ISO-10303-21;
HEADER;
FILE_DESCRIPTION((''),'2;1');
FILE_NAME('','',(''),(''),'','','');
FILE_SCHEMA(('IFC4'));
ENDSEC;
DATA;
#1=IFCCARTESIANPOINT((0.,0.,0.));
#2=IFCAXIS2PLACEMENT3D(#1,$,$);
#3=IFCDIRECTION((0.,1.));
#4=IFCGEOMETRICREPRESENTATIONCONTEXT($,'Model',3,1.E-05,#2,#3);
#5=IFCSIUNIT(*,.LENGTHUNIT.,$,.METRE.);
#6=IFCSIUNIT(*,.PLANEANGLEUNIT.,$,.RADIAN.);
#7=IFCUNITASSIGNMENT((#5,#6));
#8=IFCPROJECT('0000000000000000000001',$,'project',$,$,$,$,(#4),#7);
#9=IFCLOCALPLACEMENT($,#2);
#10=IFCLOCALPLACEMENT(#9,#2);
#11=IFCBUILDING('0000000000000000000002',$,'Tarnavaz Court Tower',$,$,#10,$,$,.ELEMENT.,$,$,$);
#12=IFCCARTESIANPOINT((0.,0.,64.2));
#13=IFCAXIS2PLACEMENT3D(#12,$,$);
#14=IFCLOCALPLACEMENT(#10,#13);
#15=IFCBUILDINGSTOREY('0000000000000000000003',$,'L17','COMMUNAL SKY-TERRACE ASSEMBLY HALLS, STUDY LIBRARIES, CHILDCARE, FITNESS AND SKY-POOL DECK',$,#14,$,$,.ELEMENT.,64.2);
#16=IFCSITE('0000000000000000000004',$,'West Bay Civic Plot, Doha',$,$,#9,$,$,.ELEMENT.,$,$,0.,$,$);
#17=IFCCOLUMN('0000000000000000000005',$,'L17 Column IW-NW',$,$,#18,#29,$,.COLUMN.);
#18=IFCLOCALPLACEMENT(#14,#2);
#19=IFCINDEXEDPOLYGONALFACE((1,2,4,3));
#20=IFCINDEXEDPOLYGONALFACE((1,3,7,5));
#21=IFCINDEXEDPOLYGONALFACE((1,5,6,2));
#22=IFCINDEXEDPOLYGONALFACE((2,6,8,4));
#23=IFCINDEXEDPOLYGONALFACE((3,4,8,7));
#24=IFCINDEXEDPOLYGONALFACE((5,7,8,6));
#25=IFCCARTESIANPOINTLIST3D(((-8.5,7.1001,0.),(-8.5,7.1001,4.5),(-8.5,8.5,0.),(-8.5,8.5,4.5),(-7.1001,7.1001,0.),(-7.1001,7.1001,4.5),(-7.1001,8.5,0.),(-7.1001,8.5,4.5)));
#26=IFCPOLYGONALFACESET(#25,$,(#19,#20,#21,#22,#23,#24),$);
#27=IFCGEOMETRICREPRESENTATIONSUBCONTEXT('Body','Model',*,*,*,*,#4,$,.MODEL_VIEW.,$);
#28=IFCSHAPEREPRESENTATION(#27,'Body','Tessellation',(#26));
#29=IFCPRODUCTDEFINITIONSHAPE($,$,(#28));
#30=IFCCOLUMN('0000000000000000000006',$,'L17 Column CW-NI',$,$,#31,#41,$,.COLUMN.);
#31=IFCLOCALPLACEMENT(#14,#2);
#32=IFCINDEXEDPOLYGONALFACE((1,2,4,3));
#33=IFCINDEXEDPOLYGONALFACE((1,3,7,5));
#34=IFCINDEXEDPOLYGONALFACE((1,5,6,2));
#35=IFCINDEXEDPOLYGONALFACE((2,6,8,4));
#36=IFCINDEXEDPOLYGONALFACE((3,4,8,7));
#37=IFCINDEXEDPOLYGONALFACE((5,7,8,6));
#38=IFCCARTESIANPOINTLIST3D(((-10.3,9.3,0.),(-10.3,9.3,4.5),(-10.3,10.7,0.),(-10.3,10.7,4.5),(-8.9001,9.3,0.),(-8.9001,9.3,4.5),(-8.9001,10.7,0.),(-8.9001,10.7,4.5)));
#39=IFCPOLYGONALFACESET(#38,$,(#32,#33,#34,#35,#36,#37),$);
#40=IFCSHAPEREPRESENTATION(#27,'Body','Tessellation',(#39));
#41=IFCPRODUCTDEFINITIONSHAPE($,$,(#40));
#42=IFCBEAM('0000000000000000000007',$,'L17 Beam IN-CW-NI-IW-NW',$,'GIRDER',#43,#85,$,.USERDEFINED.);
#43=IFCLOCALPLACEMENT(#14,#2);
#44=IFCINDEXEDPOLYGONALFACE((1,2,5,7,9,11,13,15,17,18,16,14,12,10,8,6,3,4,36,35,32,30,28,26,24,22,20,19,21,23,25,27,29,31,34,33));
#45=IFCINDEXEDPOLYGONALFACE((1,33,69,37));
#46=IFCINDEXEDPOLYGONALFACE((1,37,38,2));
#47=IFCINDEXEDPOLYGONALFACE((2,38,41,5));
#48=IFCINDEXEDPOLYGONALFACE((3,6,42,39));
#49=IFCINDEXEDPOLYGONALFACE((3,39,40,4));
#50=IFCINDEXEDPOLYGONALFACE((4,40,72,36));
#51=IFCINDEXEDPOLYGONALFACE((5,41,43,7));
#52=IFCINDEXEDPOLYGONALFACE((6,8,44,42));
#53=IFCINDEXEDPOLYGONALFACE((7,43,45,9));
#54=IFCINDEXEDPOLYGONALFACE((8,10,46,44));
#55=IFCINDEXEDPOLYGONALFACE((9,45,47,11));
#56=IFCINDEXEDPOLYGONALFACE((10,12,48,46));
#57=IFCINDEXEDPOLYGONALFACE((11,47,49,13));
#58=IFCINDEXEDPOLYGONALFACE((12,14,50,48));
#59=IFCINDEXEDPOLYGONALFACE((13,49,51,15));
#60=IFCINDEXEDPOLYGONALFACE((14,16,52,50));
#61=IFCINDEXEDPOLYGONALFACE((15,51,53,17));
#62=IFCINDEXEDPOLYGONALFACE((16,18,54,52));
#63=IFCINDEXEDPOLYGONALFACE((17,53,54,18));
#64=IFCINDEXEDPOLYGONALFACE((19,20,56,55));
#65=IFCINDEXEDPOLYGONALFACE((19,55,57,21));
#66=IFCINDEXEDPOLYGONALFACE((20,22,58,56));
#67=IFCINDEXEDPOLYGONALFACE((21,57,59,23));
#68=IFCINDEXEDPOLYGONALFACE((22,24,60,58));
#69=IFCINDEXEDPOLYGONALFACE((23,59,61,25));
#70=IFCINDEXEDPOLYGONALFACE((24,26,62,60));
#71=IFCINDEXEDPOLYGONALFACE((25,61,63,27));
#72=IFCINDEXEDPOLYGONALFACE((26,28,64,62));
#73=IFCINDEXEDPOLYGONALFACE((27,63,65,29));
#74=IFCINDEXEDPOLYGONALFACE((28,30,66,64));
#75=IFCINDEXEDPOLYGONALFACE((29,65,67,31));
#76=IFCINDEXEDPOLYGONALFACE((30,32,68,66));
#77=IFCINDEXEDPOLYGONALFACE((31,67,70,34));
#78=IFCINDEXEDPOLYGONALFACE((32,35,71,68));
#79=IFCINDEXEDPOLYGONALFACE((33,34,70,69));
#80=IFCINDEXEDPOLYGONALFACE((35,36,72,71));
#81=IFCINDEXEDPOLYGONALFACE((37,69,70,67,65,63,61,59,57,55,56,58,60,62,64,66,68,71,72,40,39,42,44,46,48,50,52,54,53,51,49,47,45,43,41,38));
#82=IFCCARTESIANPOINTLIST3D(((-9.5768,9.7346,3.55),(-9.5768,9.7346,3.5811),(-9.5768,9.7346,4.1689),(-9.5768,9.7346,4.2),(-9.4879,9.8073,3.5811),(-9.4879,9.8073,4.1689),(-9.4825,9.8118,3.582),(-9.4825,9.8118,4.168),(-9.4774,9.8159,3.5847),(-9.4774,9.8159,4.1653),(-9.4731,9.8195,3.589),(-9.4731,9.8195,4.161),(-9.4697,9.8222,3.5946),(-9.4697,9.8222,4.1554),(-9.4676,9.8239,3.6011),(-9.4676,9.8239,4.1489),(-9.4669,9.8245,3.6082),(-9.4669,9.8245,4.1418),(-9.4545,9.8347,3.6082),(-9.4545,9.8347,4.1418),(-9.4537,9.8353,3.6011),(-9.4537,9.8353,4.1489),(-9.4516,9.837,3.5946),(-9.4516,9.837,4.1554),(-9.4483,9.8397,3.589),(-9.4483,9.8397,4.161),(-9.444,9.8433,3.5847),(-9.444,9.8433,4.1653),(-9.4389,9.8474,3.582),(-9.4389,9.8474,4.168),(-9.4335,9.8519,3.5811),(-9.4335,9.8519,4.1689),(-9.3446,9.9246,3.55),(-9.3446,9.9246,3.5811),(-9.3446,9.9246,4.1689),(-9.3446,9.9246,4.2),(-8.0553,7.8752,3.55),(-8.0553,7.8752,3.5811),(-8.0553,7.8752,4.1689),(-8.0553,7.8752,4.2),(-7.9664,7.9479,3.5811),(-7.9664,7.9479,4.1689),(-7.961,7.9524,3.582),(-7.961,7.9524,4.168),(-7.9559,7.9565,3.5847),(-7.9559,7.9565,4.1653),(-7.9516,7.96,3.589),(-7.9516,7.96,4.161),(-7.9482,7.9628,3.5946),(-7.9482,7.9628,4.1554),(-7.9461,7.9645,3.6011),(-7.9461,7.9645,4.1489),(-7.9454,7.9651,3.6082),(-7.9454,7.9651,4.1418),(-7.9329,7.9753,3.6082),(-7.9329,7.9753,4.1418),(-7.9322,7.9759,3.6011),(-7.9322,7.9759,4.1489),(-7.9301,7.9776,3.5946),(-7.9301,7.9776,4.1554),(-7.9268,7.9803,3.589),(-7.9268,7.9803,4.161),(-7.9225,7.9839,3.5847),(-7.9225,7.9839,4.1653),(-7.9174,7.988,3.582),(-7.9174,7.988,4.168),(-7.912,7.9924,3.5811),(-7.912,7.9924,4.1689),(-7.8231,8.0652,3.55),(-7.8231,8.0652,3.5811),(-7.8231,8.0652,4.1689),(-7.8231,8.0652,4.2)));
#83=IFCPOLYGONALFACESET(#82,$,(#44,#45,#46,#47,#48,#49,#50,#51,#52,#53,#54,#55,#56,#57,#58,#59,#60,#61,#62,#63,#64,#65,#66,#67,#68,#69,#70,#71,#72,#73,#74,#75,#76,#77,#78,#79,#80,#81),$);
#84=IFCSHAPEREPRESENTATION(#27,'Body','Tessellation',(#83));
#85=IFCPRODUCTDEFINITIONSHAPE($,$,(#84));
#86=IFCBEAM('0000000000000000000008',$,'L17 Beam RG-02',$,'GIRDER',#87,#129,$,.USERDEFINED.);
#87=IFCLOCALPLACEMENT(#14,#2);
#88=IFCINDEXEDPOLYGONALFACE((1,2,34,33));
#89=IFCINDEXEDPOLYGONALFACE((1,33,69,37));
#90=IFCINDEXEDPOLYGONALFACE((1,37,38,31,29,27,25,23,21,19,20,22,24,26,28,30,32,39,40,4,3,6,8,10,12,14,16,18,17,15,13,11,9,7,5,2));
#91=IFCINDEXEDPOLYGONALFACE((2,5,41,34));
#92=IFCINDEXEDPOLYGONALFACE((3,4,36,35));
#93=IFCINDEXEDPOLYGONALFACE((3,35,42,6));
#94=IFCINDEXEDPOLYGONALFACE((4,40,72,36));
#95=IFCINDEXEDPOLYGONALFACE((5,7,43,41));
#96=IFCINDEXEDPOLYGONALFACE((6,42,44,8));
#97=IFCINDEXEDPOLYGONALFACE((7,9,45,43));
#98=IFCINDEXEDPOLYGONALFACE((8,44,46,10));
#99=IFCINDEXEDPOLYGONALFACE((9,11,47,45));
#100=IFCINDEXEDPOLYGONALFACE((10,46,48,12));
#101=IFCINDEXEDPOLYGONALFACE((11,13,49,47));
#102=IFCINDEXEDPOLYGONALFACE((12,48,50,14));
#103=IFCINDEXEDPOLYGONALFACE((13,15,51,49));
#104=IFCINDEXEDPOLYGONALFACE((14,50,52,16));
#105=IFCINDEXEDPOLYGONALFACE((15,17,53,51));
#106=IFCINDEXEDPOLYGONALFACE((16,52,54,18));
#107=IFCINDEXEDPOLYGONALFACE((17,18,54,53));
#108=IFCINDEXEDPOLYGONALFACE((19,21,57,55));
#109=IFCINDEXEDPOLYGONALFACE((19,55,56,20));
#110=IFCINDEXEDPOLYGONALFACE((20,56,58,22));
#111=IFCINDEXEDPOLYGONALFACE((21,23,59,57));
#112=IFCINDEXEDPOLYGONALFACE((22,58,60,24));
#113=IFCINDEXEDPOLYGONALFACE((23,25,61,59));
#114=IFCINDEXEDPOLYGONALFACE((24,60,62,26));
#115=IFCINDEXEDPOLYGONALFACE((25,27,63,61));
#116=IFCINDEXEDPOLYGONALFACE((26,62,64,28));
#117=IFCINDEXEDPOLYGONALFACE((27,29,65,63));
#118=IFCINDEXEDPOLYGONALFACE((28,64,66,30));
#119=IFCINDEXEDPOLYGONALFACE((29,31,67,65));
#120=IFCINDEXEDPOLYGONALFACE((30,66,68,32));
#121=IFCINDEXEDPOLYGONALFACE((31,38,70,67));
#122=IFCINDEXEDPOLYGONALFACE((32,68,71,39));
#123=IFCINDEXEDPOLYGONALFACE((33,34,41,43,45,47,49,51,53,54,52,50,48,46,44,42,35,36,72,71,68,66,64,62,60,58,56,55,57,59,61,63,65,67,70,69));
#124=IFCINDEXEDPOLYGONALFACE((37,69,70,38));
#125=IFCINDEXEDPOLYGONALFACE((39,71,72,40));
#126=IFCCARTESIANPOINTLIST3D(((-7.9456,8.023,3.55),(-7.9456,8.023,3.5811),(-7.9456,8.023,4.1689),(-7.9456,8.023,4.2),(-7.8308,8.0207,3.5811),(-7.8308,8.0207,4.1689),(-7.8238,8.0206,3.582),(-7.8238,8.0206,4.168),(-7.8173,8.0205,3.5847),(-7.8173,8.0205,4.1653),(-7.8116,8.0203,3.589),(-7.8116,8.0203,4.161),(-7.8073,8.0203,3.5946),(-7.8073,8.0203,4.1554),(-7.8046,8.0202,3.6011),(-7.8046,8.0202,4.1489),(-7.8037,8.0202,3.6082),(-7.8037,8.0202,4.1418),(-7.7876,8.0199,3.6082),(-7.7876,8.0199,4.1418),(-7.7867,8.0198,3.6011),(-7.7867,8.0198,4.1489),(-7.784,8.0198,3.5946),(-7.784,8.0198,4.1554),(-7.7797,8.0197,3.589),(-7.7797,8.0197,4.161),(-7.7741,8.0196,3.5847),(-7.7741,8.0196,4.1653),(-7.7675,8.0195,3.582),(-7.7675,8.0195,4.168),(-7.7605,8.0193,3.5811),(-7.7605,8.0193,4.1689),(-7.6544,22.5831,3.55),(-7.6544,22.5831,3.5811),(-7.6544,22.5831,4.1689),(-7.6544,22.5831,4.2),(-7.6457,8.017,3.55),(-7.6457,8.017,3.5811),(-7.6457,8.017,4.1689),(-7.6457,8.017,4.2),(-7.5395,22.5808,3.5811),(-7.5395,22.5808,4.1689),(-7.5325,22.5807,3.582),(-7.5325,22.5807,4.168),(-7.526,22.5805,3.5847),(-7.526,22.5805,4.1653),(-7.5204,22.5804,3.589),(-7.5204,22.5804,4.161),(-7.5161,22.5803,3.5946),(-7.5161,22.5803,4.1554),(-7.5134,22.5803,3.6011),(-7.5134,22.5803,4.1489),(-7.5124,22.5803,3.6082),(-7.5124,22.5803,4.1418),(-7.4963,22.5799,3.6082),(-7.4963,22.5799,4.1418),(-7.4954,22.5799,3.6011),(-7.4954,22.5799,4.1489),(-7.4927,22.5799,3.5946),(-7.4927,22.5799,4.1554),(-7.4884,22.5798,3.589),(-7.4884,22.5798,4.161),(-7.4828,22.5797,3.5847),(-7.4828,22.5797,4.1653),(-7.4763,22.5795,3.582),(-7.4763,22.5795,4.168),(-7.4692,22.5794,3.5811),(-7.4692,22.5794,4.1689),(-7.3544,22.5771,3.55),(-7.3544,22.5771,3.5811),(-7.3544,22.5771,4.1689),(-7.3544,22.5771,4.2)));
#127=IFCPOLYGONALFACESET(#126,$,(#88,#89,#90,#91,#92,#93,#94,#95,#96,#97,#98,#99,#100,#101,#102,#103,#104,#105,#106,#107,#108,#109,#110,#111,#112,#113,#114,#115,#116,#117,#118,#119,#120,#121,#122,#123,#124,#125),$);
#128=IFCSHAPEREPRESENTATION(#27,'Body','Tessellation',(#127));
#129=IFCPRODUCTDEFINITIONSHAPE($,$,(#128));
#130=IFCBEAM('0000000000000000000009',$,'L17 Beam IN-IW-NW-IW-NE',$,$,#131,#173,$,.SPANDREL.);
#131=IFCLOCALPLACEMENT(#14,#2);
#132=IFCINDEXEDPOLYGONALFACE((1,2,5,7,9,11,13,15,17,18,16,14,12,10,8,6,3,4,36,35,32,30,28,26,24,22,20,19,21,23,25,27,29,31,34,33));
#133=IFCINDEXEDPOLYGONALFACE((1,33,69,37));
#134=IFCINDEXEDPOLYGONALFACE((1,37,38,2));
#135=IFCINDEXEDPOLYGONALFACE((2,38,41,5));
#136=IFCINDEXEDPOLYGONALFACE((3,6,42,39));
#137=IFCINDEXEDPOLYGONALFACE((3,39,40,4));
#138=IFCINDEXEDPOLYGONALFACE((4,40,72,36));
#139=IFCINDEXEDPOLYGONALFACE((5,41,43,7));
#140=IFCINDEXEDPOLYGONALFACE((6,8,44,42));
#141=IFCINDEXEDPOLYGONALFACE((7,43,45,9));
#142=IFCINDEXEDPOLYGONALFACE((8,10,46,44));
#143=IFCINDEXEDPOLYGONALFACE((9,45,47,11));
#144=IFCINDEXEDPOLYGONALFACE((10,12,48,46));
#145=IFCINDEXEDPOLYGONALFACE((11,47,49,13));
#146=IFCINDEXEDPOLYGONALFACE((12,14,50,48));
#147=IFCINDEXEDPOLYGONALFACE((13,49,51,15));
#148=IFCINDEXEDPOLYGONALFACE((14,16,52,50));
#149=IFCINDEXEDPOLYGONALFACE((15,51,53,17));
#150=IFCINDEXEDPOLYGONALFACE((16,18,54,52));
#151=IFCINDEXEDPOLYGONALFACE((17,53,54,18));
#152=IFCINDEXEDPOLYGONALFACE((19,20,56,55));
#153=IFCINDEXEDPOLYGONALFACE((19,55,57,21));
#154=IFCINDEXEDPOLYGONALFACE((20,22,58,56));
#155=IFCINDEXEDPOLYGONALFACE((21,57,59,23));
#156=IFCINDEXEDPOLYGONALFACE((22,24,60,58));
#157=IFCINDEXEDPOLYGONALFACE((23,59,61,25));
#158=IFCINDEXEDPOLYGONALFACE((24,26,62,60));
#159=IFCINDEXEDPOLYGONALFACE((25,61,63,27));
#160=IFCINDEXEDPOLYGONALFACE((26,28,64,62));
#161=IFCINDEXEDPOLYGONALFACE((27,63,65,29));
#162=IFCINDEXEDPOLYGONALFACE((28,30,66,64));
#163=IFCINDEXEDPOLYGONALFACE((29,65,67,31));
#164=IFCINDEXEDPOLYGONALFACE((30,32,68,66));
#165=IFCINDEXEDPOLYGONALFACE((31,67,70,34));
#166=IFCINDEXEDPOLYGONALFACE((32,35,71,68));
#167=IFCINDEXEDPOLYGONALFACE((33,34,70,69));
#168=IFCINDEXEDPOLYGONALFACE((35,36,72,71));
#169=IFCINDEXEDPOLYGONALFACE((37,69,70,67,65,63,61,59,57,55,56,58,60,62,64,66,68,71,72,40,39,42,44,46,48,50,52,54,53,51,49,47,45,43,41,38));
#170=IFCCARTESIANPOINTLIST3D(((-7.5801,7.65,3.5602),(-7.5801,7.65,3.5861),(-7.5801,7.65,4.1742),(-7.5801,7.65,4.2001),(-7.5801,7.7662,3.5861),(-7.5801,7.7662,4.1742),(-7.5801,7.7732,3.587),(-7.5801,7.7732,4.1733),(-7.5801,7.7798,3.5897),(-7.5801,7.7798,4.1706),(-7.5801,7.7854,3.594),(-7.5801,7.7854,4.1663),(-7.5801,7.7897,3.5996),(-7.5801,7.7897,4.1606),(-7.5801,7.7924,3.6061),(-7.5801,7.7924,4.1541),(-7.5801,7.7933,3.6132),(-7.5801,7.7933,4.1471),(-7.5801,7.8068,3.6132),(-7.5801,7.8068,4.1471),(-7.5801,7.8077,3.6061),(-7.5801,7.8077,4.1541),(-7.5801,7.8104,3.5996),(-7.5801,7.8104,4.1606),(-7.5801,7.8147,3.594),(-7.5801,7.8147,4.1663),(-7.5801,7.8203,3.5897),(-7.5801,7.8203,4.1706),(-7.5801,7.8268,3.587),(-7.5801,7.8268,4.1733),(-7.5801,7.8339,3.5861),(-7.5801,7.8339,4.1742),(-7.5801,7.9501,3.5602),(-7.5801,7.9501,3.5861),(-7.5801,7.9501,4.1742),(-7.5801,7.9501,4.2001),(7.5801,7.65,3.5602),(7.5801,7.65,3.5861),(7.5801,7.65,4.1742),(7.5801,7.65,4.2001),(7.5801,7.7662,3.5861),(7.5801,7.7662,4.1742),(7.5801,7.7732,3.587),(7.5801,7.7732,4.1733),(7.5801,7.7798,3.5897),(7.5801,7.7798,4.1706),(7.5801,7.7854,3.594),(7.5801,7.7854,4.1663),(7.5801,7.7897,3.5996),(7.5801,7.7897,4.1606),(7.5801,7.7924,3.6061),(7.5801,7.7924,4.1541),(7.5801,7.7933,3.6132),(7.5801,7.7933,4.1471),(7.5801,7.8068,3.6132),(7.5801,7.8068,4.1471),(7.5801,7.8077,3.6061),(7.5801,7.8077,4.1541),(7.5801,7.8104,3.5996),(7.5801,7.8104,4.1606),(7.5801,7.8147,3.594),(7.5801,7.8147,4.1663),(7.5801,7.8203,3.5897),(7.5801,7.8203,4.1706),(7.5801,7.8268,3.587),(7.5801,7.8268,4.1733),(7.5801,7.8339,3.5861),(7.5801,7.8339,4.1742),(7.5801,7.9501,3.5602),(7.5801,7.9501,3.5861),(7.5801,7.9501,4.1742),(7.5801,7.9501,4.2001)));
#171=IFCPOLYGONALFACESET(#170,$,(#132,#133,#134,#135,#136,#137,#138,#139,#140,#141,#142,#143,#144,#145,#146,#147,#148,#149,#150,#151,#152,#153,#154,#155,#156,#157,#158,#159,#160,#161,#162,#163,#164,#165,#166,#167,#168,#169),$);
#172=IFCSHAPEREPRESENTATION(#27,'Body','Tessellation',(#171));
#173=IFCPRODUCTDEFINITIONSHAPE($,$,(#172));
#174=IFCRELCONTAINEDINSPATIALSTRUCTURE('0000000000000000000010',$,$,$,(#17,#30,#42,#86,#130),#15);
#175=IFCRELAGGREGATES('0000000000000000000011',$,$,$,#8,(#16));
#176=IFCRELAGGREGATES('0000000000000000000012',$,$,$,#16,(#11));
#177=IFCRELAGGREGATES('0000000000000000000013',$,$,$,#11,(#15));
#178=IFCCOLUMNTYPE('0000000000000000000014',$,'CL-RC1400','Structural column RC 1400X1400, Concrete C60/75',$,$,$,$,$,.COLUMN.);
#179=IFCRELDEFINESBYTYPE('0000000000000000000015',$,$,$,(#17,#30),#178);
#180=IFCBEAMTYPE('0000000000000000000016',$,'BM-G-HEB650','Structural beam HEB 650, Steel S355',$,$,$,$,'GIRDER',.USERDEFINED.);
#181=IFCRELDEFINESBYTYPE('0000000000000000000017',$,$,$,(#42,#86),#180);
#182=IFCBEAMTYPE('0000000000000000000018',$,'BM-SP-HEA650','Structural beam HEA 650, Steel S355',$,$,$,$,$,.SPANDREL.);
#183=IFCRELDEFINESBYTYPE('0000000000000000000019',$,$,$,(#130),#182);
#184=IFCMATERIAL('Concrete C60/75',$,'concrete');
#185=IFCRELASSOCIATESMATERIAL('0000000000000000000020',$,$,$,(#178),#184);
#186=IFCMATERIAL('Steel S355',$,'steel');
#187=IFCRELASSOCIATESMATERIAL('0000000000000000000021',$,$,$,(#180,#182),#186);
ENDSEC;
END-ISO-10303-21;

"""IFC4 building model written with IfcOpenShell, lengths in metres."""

from ifc_helpers import new_model, si_unit, direction, frame, origin, origin_2d, place, context, subcontext, project, spatial, rectangle, i_section, extrude, material, material_profile, profile_set, type_object, element, save


model = new_model("IFC4")

# Units and contexts
model_context = context("Model", 3, precision=1e-05, world=origin(), true_north=direction((0.0, 1.0)))
body_context = subcontext(model_context, "Body", "Model", "MODEL_VIEW")
ifc_project = project(units=[si_unit("LENGTHUNIT", "METRE"), si_unit("PLANEANGLEUNIT", "RADIAN")], contexts=[model_context])

# Site, building, storey
site_placement = place(None, origin())
site = spatial("IfcSite", under=ifc_project, at=site_placement, Name="West Bay Civic Plot, Doha", CompositionType="ELEMENT", RefElevation=0.0)
building_placement = place(site_placement, origin())
building = spatial("IfcBuilding", under=site, at=building_placement, Name="Tarnavaz Court Tower", CompositionType="ELEMENT")
storey_placement = place(building_placement, frame((0.0, 0.0, 64.2)))
storey = spatial("IfcBuildingStorey", under=building, at=storey_placement, Name="L17", Description="COMMUNAL SKY-TERRACE ASSEMBLY HALLS, STUDY LIBRARIES, CHILDCARE, FITNESS AND SKY-POOL DECK", CompositionType="ELEMENT", Elevation=64.2)

# Columns
ifc_material_1 = material(Name="Concrete C60/75", Category="concrete")
ifc_material_profile_1 = material_profile(ifc_material_1, rectangle(XDim=1.3999, YDim=1.3999, at=origin_2d()), Name="RC 1400X1400")
ifc_profile_set_1 = profile_set([ifc_material_profile_1], Name="Concrete C60/75")
column_type = type_object("IfcColumnType", Name="CL-RC1400", Description="Structural column RC 1400X1400, Concrete C60/75", PredefinedType="COLUMN", material=ifc_profile_set_1)
for number, where, z_axis, x_axis, name in (
    (1, (-7.8, 7.8, 0.0), (0.0, 0.0, 1.0), (1.0, 0.0, 0.0), "L17 Column IW-NW"),
    (2, (-9.6001, 10.0, 0.0), (0.0, 0.0, 1.0), (1.0, 0.0, 0.0), "L17 Column CW-NI"),
):
    element("IfcColumn", number, at=place(storey_placement, frame(where, z_axis=z_axis, x_axis=x_axis)), inside=storey, type_object=column_type, Name=name, PredefinedType="COLUMN", context=body_context, shape_type="SweptSolid", body=[
        extrude(rectangle(XDim=1.3999, YDim=1.3999, at=origin_2d()), origin(), (0.0, 0.0, 1.0), 4.5),
    ])

# Beams
ifc_material_2 = material(Name="Steel S355", Category="steel")
ifc_material_profile_2 = material_profile(ifc_material_2, i_section(OverallWidth=0.3, OverallDepth=0.6499, WebThickness=0.0161, FlangeThickness=0.031, FilletRadius=0.0271, at=origin_2d()), Name="HEB 650")
ifc_profile_set_2 = profile_set([ifc_material_profile_2], Name="Steel S355")
beam_type_1 = type_object("IfcBeamType", Name="BM-G-HEB650", Description="Structural beam HEB 650, Steel S355", ElementType="GIRDER", PredefinedType="USERDEFINED", material=ifc_profile_set_2)
beam_1_placement = place(storey_placement, frame((-9.4607, 9.8296, 3.875), z_axis=(0.633282, -0.773921, 0.0), x_axis=(0.773921, 0.633282, 0.0)))
element("IfcBeam", 3, at=beam_1_placement, inside=storey, type_object=beam_type_1, Name="L17 Beam IN-CW-NI-IW-NW", ObjectType="GIRDER", PredefinedType="USERDEFINED", context=body_context, shape_type="SweptSolid", body=[
    extrude(i_section(OverallWidth=0.3, OverallDepth=0.6499, WebThickness=0.0161, FlangeThickness=0.031, FilletRadius=0.0271, at=origin_2d()), origin(), (0.0, 0.0, 1.0), 2.4026),
])
beam_2_placement = place(storey_placement, frame((-7.7957, 8.02, 3.875), z_axis=(0.02, 0.9998, 0.0), x_axis=(-0.9998, 0.02, 0.0)))
element("IfcBeam", 4, at=beam_2_placement, inside=storey, type_object=beam_type_1, Name="L17 Beam RG-02", ObjectType="GIRDER", PredefinedType="USERDEFINED", context=body_context, shape_type="SweptSolid", body=[
    extrude(i_section(OverallWidth=0.3, OverallDepth=0.6499, WebThickness=0.0161, FlangeThickness=0.031, FilletRadius=0.0271, at=origin_2d()), origin(), (0.0, 0.0, 1.0), 14.563),
])
ifc_material_profile_3 = material_profile(ifc_material_2, i_section(OverallWidth=0.3, OverallDepth=0.6399, WebThickness=0.0134, FlangeThickness=0.0259, FilletRadius=0.0271, at=origin_2d()), Name="HEA 650")
ifc_profile_set_3 = profile_set([ifc_material_profile_3], Name="Steel S355")
beam_type_2 = type_object("IfcBeamType", Name="BM-SP-HEA650", Description="Structural beam HEA 650, Steel S355", PredefinedType="SPANDREL", material=ifc_profile_set_3)
beam_3_placement = place(storey_placement, frame((-7.5801, 7.8, 3.8801), z_axis=(1.0, 0.0, 0.0), x_axis=(0.0, 1.0, 0.0)))
element("IfcBeam", 5, at=beam_3_placement, inside=storey, type_object=beam_type_2, Name="L17 Beam IN-IW-NW-IW-NE", PredefinedType="SPANDREL", context=body_context, shape_type="SweptSolid", body=[
    extrude(i_section(OverallWidth=0.3, OverallDepth=0.6399, WebThickness=0.0134, FlangeThickness=0.0259, FilletRadius=0.0271, at=origin_2d()), origin(), (0.0, 0.0, 1.0), 15.1602),
])

save(model, "model.ifc")
